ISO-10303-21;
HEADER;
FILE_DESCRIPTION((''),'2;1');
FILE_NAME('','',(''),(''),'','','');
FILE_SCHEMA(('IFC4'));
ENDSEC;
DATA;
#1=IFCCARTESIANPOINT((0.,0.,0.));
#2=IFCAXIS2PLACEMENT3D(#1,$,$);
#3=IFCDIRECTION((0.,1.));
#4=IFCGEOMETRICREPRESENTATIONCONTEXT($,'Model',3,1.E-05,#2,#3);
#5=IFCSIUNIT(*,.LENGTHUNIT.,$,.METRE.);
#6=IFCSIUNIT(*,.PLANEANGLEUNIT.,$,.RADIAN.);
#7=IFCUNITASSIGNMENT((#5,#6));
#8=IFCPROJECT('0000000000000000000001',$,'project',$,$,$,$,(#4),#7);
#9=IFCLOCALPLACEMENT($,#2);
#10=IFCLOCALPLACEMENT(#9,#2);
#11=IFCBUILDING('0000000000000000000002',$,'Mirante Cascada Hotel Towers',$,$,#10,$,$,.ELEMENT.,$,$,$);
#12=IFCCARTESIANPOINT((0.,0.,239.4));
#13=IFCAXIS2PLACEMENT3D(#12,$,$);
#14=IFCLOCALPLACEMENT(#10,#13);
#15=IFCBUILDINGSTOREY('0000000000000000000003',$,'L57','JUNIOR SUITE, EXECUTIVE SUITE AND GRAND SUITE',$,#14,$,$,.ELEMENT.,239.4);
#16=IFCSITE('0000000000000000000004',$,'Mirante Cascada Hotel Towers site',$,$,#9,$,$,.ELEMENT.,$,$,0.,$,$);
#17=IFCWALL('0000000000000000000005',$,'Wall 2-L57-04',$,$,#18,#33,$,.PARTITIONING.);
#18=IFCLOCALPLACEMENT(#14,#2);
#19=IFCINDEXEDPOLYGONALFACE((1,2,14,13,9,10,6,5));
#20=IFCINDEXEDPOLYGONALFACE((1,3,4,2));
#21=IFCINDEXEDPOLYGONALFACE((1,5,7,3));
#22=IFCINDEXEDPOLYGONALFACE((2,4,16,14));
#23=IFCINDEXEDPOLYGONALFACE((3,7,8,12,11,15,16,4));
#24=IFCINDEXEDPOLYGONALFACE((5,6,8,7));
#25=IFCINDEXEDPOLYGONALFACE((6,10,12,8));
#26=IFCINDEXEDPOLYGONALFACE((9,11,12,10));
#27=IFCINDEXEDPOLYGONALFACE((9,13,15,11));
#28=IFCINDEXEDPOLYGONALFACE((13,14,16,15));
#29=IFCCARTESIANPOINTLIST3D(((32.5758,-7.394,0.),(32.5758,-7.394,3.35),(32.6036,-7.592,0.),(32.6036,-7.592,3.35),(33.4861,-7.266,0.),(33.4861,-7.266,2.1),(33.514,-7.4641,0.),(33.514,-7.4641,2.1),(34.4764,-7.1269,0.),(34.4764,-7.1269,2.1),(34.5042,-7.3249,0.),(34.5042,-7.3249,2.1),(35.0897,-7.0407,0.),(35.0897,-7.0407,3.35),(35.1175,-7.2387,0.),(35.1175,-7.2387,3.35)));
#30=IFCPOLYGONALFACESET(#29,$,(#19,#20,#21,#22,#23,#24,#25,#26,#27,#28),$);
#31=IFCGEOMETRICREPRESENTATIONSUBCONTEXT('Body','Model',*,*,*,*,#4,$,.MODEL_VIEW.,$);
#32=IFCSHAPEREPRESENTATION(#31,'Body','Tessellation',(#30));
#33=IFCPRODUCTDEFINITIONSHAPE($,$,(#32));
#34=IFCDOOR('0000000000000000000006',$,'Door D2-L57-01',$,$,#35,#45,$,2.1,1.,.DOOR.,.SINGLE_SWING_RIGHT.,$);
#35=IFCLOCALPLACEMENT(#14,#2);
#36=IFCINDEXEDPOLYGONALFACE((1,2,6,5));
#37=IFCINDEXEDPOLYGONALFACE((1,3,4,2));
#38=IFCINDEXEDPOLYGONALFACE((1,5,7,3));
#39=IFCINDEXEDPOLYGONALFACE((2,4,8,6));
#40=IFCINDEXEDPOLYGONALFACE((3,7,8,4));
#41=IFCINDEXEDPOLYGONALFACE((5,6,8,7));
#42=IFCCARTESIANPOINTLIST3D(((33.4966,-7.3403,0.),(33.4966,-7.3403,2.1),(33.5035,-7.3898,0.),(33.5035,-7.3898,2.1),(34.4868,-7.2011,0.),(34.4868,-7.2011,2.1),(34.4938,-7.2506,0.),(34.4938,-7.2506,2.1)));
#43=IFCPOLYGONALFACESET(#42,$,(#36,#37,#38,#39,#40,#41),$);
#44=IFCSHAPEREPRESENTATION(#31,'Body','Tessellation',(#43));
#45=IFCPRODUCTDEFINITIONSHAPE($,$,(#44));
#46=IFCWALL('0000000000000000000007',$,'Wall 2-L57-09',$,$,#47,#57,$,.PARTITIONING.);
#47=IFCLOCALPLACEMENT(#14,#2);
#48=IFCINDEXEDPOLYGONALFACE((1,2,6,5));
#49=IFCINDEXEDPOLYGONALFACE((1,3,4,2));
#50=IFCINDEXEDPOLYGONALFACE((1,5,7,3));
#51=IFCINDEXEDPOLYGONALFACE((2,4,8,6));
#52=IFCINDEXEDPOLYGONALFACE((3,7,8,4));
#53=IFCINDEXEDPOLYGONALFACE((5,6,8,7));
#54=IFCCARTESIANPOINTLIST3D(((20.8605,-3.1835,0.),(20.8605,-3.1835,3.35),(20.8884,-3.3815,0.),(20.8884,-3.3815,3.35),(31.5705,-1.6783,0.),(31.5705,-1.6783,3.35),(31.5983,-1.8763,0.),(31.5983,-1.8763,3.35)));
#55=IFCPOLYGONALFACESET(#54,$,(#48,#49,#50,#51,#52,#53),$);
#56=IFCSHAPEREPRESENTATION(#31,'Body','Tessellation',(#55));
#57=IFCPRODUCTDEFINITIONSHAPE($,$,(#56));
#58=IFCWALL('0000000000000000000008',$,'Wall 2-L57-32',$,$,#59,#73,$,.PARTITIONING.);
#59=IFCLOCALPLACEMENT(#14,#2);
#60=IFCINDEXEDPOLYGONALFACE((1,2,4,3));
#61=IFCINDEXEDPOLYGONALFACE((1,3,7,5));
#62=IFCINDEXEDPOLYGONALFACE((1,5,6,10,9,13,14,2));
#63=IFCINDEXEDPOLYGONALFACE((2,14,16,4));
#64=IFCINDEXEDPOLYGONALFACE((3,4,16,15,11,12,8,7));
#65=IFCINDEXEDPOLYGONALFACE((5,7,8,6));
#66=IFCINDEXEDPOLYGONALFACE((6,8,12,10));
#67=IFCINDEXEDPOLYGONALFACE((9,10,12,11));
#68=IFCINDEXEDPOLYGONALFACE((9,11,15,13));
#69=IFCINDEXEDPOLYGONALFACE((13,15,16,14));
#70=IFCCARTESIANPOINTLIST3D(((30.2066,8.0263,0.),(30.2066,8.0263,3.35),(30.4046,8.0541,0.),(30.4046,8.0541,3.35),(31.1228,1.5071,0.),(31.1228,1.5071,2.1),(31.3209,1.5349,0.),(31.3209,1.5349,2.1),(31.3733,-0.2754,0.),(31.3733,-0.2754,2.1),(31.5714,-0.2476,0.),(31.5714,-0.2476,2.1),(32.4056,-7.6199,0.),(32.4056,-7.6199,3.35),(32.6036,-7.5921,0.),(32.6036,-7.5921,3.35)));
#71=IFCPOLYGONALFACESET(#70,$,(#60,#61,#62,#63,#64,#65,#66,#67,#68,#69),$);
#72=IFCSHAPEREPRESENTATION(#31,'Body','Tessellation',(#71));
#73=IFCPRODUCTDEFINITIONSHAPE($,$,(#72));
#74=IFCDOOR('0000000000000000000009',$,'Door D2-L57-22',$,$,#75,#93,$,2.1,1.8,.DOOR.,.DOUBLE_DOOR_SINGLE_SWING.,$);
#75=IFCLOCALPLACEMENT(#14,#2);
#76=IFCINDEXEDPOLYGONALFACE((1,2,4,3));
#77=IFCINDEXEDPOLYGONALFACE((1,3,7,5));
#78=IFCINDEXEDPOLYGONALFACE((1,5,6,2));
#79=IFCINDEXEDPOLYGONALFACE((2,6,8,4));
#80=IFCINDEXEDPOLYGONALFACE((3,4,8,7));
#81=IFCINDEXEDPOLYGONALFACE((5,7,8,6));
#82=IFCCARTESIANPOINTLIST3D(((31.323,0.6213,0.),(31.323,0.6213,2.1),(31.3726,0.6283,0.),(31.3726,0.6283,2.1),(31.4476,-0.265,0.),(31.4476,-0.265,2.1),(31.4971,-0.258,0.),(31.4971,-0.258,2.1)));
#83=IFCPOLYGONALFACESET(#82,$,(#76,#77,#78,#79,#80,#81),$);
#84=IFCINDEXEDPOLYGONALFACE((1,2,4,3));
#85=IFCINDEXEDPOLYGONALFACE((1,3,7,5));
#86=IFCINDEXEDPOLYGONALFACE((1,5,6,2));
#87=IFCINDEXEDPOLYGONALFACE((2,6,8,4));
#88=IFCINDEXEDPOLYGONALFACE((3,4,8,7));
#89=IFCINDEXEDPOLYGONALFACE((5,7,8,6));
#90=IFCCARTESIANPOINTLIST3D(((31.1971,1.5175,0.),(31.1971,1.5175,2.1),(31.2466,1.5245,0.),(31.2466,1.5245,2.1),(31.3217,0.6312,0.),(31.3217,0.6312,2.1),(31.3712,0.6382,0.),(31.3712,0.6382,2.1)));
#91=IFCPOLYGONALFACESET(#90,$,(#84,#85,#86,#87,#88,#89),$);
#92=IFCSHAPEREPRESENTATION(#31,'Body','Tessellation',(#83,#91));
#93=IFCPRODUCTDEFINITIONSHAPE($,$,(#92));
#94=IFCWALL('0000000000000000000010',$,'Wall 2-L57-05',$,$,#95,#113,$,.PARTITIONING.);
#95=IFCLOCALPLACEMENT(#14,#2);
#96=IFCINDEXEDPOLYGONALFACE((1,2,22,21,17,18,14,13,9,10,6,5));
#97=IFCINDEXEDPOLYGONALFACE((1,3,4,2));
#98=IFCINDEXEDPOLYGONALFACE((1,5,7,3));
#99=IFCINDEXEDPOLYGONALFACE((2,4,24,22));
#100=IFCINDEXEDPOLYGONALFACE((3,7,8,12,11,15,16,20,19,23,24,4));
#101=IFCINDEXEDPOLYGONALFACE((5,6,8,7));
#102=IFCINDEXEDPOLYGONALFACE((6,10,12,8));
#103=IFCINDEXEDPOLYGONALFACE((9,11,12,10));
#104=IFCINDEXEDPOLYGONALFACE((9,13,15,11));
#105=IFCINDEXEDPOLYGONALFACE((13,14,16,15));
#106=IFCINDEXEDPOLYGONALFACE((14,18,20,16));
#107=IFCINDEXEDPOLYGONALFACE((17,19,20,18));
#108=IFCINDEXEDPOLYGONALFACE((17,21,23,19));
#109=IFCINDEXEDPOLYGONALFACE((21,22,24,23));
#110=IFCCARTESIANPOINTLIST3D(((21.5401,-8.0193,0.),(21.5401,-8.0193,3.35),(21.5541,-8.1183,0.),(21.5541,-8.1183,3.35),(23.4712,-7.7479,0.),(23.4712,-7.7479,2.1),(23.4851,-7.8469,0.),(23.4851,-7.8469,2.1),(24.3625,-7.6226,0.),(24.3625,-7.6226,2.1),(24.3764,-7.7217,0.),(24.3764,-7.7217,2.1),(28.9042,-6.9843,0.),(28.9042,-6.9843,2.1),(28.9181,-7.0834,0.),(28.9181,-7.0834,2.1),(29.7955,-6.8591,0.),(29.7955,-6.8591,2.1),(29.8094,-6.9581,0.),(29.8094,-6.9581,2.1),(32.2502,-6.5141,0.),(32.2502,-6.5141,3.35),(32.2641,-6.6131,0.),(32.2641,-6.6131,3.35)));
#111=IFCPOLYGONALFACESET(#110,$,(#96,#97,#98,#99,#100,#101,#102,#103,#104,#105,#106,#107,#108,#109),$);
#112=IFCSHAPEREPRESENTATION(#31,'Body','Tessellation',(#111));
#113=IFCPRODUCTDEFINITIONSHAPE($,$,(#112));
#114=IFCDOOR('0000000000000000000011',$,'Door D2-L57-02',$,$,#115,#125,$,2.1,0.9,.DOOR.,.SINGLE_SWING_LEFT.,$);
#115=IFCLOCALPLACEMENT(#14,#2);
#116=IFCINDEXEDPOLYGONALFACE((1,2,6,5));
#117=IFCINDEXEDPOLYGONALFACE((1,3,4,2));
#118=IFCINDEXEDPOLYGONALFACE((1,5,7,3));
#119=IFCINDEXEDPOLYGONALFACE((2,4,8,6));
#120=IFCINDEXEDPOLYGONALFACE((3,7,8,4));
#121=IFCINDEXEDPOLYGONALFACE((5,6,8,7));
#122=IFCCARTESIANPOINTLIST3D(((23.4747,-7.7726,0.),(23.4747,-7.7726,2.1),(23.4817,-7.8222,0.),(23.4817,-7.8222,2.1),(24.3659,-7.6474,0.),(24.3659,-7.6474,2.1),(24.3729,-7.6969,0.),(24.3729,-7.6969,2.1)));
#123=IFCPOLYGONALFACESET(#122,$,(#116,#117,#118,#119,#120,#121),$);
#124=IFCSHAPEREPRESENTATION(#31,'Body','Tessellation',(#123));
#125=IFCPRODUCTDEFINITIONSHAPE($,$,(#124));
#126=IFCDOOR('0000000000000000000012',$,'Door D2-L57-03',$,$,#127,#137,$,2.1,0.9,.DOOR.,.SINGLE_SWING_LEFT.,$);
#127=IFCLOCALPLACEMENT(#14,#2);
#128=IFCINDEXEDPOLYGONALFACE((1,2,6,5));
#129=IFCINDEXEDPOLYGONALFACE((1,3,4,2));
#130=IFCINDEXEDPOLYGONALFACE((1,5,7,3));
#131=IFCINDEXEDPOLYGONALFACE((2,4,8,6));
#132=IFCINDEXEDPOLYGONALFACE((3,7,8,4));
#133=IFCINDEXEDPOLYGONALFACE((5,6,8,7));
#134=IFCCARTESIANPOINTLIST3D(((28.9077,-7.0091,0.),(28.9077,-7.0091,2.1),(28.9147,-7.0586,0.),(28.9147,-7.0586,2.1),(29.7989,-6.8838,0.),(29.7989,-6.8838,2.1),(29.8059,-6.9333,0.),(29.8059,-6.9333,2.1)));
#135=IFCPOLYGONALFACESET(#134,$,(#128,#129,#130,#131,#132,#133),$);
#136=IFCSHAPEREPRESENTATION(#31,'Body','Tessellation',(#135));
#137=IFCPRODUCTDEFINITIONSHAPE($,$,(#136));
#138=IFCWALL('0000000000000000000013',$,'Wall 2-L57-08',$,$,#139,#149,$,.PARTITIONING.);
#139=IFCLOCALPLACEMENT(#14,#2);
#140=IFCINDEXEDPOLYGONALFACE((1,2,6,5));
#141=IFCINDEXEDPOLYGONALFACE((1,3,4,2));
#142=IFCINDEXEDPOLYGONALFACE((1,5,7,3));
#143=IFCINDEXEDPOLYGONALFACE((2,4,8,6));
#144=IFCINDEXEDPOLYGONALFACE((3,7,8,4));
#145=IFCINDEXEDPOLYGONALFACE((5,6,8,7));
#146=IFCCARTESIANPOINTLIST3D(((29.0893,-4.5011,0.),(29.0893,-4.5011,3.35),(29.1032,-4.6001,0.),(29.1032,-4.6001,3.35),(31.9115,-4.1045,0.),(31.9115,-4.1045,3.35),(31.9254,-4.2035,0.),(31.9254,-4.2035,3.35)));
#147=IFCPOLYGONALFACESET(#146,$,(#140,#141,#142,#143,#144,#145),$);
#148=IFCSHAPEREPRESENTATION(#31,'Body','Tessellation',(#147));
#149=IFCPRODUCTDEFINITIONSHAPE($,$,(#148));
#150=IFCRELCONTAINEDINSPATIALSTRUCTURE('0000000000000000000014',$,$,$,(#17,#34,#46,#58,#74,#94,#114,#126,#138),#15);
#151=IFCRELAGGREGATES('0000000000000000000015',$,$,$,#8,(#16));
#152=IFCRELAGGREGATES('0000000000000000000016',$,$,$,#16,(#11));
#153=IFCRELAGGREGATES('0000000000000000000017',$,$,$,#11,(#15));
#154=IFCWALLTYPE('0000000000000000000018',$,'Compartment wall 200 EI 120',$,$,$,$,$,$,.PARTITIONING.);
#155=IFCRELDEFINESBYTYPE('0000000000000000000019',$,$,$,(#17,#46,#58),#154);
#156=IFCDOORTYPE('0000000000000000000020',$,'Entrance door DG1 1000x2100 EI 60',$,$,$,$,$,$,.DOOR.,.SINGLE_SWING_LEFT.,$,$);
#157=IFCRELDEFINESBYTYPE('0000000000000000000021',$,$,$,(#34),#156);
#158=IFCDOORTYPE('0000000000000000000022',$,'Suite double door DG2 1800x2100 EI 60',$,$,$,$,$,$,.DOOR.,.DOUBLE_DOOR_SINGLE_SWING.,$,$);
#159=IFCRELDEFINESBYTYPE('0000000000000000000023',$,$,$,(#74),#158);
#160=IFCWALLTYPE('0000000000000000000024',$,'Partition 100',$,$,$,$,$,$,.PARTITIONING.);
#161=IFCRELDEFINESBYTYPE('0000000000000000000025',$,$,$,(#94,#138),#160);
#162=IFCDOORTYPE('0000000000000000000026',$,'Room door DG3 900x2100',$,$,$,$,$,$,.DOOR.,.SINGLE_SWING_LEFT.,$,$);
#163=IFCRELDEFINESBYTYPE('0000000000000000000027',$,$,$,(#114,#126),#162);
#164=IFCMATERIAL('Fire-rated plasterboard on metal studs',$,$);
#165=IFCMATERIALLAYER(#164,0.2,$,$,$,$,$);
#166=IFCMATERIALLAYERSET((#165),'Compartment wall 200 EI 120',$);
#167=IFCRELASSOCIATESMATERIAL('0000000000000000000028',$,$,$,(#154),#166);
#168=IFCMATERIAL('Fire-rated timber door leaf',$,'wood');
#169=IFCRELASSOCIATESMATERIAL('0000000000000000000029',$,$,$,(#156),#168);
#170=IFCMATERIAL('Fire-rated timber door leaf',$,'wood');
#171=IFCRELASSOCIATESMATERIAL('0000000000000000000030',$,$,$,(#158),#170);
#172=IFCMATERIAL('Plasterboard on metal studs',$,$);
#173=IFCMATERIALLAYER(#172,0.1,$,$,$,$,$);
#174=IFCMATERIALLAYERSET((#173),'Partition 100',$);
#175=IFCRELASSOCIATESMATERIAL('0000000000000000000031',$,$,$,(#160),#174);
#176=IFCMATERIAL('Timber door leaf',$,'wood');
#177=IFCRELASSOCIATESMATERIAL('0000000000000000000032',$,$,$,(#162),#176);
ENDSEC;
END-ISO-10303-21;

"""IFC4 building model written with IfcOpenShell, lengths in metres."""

from ifc_helpers import new_model, si_unit, direction, frame, frame_2d, origin, place, context, subcontext, project, spatial, rectangle, extrude, material, layer, layer_set, type_object, element, fill, save


model = new_model("IFC4")

# Units and contexts
model_context = context("Model", 3, precision=1e-05, world=origin(), true_north=direction((0.0, 1.0)))
body_context = subcontext(model_context, "Body", "Model", "MODEL_VIEW")
ifc_project = project(units=[si_unit("LENGTHUNIT", "METRE"), si_unit("PLANEANGLEUNIT", "RADIAN")], contexts=[model_context])

# Site, building, storey
site_placement = place(None, origin())
site = spatial("IfcSite", under=ifc_project, at=site_placement, Name="Mirante Cascada Hotel Towers site", CompositionType="ELEMENT", RefElevation=0.0)
building_placement = place(site_placement, origin())
building = spatial("IfcBuilding", under=site, at=building_placement, Name="Mirante Cascada Hotel Towers", CompositionType="ELEMENT")
storey_placement = place(building_placement, frame((0.0, 0.0, 239.4)))
storey = spatial("IfcBuildingStorey", under=building, at=storey_placement, Name="L57", Description="JUNIOR SUITE, EXECUTIVE SUITE AND GRAND SUITE", CompositionType="ELEMENT", Elevation=239.4)

# Wall, opening, door
ifc_material_1 = material(Name="Fire-rated plasterboard on metal studs")
ifc_layer_1 = layer(ifc_material_1, 0.2)
ifc_layer_set_1 = layer_set([ifc_layer_1], Name="Compartment wall 200 EI 120")
wall_type_1 = type_object("IfcWallType", Name="Compartment wall 200 EI 120", PredefinedType="PARTITIONING", material=ifc_layer_set_1)
wall_1_placement = place(storey_placement, frame((32.5897, -7.493, 0.0), z_axis=(0.0, 0.0, 1.0), x_axis=(0.990268, 0.139171, 0.0)))
wall_1 = element("IfcWall", 1, at=wall_1_placement, inside=storey, type_object=wall_type_1, Name="Wall 2-L57-04", PredefinedType="PARTITIONING", context=body_context, shape_type="SweptSolid", body=[
    extrude(rectangle(XDim=2.5386, YDim=0.2, at=frame_2d((1.2693, 0.0))), origin(), (0.0, 0.0, 1.0), 3.35),
])
opening_1_placement = place(wall_1_placement, frame((0.9193, 0.0, 0.0)))
opening_1 = element("IfcOpeningElement", 2, at=opening_1_placement, cuts=wall_1, PredefinedType="OPENING", context=body_context, shape_type="SweptSolid", body=[
    extrude(rectangle(XDim=1.0, YDim=2.1, at=frame_2d((0.5, 1.05))), frame((0.0, 0.1, 0.0), z_axis=(0.0, -1.0, 0.0), x_axis=(1.0, 0.0, 0.0)), (0.0, 0.0, 1.0), 0.2),
])
ifc_material_2 = material(Name="Fire-rated timber door leaf", Category="wood")
door_type_1 = type_object("IfcDoorType", Name="Entrance door DG1 1000x2100 EI 60", OperationType="SINGLE_SWING_LEFT", PredefinedType="DOOR", material=ifc_material_2)
door_1_placement = place(opening_1_placement, frame((1.0, 0.0, 0.0), z_axis=(0.0, 0.0, 1.0), x_axis=(-1.0, 0.0, 0.0)))
door_1 = element("IfcDoor", 3, at=door_1_placement, inside=storey, type_object=door_type_1, Name="Door D2-L57-01", OperationType="SINGLE_SWING_RIGHT", OverallHeight=2.1, OverallWidth=1.0, PredefinedType="DOOR", context=body_context, shape_type="SweptSolid", body=[
    extrude(rectangle(XDim=1.0, YDim=2.1, at=frame_2d((0.5, 1.05))), frame((0.0, 0.025, 0.0), z_axis=(0.0, -1.0, 0.0), x_axis=(1.0, 0.0, 0.0)), (0.0, 0.0, 1.0), 0.05),
])
fill(opening_1, door_1)

# Wall
wall_2_placement = place(storey_placement, frame((31.5844, -1.7773, 0.0), z_axis=(0.0, 0.0, 1.0), x_axis=(-0.990268, -0.139175, 0.0)))
element("IfcWall", 4, at=wall_2_placement, inside=storey, type_object=wall_type_1, Name="Wall 2-L57-09", PredefinedType="PARTITIONING", context=body_context, shape_type="SweptSolid", body=[
    extrude(rectangle(XDim=10.8152, YDim=0.2, at=frame_2d((5.4076, 0.0))), origin(), (0.0, 0.0, 1.0), 3.35),
])

# Wall, opening, door
wall_3_placement = place(storey_placement, frame((32.5046, -7.606, 0.0), z_axis=(0.0, 0.0, 1.0), x_axis=(-0.139177, 0.990267, 0.0)))
wall_3 = element("IfcWall", 5, at=wall_3_placement, inside=storey, type_object=wall_type_1, Name="Wall 2-L57-32", PredefinedType="PARTITIONING", context=body_context, shape_type="SweptSolid", body=[
    extrude(rectangle(XDim=15.8, YDim=0.2, at=frame_2d((7.9, 0.0))), origin(), (0.0, 0.0, 1.0), 3.35),
])
opening_2_placement = place(wall_3_placement, frame((7.4167, 0.0, 0.0)))
opening_2 = element("IfcOpeningElement", 6, at=opening_2_placement, cuts=wall_3, PredefinedType="OPENING", context=body_context, shape_type="SweptSolid", body=[
    extrude(rectangle(XDim=1.8, YDim=2.1, at=frame_2d((0.9, 1.05))), frame((0.0, 0.1, 0.0), z_axis=(0.0, -1.0, 0.0), x_axis=(1.0, 0.0, 0.0)), (0.0, 0.0, 1.0), 0.2),
])
ifc_material_3 = material(Name="Fire-rated timber door leaf", Category="wood")
door_type_2 = type_object("IfcDoorType", Name="Suite double door DG2 1800x2100 EI 60", OperationType="DOUBLE_DOOR_SINGLE_SWING", PredefinedType="DOOR", material=ifc_material_3)
door_2_placement = place(opening_2_placement, origin())
door_2 = element("IfcDoor", 7, at=door_2_placement, inside=storey, type_object=door_type_2, Name="Door D2-L57-22", OperationType="DOUBLE_DOOR_SINGLE_SWING", OverallHeight=2.1, OverallWidth=1.8, PredefinedType="DOOR", context=body_context, shape_type="SweptSolid", body=[
    extrude(rectangle(XDim=0.895, YDim=2.1, at=frame_2d((0.4475, 1.05))), frame((0.0, 0.025, 0.0), z_axis=(0.0, -1.0, 0.0), x_axis=(1.0, 0.0, 0.0)), (0.0, 0.0, 1.0), 0.05),
    extrude(rectangle(XDim=0.895, YDim=2.1, at=frame_2d((1.3525, 1.05))), frame((0.0, 0.025, 0.0), z_axis=(0.0, -1.0, 0.0), x_axis=(1.0, 0.0, 0.0)), (0.0, 0.0, 1.0), 0.05),
])
fill(opening_2, door_2)

# Wall, openings, doors
ifc_material_4 = material(Name="Plasterboard on metal studs")
ifc_layer_2 = layer(ifc_material_4, 0.1)
ifc_layer_set_2 = layer_set([ifc_layer_2], Name="Partition 100")
wall_type_2 = type_object("IfcWallType", Name="Partition 100", PredefinedType="PARTITIONING", material=ifc_layer_set_2)
wall_4_placement = place(storey_placement, frame((32.2571, -6.5636, 0.0), z_axis=(0.0, 0.0, 1.0), x_axis=(-0.990268, -0.139174, 0.0)))
wall_4 = element("IfcWall", 8, at=wall_4_placement, inside=storey, type_object=wall_type_2, Name="Wall 2-L57-05", PredefinedType="PARTITIONING", context=body_context, shape_type="SweptSolid", body=[
    extrude(rectangle(XDim=10.8153, YDim=0.1, at=frame_2d((5.4076, 0.0))), origin(), (0.0, 0.0, 1.0), 3.35),
])
opening_3_placement = place(wall_4_placement, frame((7.9652, 0.0, 0.0)))
opening_3 = element("IfcOpeningElement", 9, at=opening_3_placement, cuts=wall_4, PredefinedType="OPENING", context=body_context, shape_type="SweptSolid", body=[
    extrude(rectangle(XDim=0.9, YDim=2.1, at=frame_2d((0.45, 1.05))), frame((0.0, 0.05, 0.0), z_axis=(0.0, -1.0, 0.0), x_axis=(1.0, 0.0, 0.0)), (0.0, 0.0, 1.0), 0.1),
])
opening_4_placement = place(wall_4_placement, frame((2.4788, 0.0, 0.0)))
opening_4 = element("IfcOpeningElement", 10, at=opening_4_placement, cuts=wall_4, PredefinedType="OPENING", context=body_context, shape_type="SweptSolid", body=[
    extrude(rectangle(XDim=0.9, YDim=2.1, at=frame_2d((0.45, 1.05))), frame((0.0, 0.05, 0.0), z_axis=(0.0, -1.0, 0.0), x_axis=(1.0, 0.0, 0.0)), (0.0, 0.0, 1.0), 0.1),
])
ifc_material_5 = material(Name="Timber door leaf", Category="wood")
door_type_3 = type_object("IfcDoorType", Name="Room door DG3 900x2100", OperationType="SINGLE_SWING_LEFT", PredefinedType="DOOR", material=ifc_material_5)
door_3_placement = place(opening_3_placement, origin())
door_3 = element("IfcDoor", 11, at=door_3_placement, inside=storey, type_object=door_type_3, Name="Door D2-L57-02", OperationType="SINGLE_SWING_LEFT", OverallHeight=2.1, OverallWidth=0.9, PredefinedType="DOOR", context=body_context, shape_type="SweptSolid", body=[
    extrude(rectangle(XDim=0.9, YDim=2.1, at=frame_2d((0.45, 1.05))), frame((0.0, 0.025, 0.0), z_axis=(0.0, -1.0, 0.0), x_axis=(1.0, 0.0, 0.0)), (0.0, 0.0, 1.0), 0.05),
])
fill(opening_3, door_3)
door_4_placement = place(opening_4_placement, origin())
door_4 = element("IfcDoor", 12, at=door_4_placement, inside=storey, type_object=door_type_3, Name="Door D2-L57-03", OperationType="SINGLE_SWING_LEFT", OverallHeight=2.1, OverallWidth=0.9, PredefinedType="DOOR", context=body_context, shape_type="SweptSolid", body=[
    extrude(rectangle(XDim=0.9, YDim=2.1, at=frame_2d((0.45, 1.05))), frame((0.0, 0.025, 0.0), z_axis=(0.0, -1.0, 0.0), x_axis=(1.0, 0.0, 0.0)), (0.0, 0.0, 1.0), 0.05),
])
fill(opening_4, door_4)

# Wall
wall_5_placement = place(storey_placement, frame((29.0962, -4.5506, 0.0), z_axis=(0.0, 0.0, 1.0), x_axis=(0.99027, 0.139161, 0.0)))
element("IfcWall", 13, at=wall_5_placement, inside=storey, type_object=wall_type_2, Name="Wall 2-L57-08", PredefinedType="PARTITIONING", context=body_context, shape_type="SweptSolid", body=[
    extrude(rectangle(XDim=2.8499, YDim=0.1, at=frame_2d((1.425, 0.0))), origin(), (0.0, 0.0, 1.0), 3.35),
])

save(model, "model.ifc")
